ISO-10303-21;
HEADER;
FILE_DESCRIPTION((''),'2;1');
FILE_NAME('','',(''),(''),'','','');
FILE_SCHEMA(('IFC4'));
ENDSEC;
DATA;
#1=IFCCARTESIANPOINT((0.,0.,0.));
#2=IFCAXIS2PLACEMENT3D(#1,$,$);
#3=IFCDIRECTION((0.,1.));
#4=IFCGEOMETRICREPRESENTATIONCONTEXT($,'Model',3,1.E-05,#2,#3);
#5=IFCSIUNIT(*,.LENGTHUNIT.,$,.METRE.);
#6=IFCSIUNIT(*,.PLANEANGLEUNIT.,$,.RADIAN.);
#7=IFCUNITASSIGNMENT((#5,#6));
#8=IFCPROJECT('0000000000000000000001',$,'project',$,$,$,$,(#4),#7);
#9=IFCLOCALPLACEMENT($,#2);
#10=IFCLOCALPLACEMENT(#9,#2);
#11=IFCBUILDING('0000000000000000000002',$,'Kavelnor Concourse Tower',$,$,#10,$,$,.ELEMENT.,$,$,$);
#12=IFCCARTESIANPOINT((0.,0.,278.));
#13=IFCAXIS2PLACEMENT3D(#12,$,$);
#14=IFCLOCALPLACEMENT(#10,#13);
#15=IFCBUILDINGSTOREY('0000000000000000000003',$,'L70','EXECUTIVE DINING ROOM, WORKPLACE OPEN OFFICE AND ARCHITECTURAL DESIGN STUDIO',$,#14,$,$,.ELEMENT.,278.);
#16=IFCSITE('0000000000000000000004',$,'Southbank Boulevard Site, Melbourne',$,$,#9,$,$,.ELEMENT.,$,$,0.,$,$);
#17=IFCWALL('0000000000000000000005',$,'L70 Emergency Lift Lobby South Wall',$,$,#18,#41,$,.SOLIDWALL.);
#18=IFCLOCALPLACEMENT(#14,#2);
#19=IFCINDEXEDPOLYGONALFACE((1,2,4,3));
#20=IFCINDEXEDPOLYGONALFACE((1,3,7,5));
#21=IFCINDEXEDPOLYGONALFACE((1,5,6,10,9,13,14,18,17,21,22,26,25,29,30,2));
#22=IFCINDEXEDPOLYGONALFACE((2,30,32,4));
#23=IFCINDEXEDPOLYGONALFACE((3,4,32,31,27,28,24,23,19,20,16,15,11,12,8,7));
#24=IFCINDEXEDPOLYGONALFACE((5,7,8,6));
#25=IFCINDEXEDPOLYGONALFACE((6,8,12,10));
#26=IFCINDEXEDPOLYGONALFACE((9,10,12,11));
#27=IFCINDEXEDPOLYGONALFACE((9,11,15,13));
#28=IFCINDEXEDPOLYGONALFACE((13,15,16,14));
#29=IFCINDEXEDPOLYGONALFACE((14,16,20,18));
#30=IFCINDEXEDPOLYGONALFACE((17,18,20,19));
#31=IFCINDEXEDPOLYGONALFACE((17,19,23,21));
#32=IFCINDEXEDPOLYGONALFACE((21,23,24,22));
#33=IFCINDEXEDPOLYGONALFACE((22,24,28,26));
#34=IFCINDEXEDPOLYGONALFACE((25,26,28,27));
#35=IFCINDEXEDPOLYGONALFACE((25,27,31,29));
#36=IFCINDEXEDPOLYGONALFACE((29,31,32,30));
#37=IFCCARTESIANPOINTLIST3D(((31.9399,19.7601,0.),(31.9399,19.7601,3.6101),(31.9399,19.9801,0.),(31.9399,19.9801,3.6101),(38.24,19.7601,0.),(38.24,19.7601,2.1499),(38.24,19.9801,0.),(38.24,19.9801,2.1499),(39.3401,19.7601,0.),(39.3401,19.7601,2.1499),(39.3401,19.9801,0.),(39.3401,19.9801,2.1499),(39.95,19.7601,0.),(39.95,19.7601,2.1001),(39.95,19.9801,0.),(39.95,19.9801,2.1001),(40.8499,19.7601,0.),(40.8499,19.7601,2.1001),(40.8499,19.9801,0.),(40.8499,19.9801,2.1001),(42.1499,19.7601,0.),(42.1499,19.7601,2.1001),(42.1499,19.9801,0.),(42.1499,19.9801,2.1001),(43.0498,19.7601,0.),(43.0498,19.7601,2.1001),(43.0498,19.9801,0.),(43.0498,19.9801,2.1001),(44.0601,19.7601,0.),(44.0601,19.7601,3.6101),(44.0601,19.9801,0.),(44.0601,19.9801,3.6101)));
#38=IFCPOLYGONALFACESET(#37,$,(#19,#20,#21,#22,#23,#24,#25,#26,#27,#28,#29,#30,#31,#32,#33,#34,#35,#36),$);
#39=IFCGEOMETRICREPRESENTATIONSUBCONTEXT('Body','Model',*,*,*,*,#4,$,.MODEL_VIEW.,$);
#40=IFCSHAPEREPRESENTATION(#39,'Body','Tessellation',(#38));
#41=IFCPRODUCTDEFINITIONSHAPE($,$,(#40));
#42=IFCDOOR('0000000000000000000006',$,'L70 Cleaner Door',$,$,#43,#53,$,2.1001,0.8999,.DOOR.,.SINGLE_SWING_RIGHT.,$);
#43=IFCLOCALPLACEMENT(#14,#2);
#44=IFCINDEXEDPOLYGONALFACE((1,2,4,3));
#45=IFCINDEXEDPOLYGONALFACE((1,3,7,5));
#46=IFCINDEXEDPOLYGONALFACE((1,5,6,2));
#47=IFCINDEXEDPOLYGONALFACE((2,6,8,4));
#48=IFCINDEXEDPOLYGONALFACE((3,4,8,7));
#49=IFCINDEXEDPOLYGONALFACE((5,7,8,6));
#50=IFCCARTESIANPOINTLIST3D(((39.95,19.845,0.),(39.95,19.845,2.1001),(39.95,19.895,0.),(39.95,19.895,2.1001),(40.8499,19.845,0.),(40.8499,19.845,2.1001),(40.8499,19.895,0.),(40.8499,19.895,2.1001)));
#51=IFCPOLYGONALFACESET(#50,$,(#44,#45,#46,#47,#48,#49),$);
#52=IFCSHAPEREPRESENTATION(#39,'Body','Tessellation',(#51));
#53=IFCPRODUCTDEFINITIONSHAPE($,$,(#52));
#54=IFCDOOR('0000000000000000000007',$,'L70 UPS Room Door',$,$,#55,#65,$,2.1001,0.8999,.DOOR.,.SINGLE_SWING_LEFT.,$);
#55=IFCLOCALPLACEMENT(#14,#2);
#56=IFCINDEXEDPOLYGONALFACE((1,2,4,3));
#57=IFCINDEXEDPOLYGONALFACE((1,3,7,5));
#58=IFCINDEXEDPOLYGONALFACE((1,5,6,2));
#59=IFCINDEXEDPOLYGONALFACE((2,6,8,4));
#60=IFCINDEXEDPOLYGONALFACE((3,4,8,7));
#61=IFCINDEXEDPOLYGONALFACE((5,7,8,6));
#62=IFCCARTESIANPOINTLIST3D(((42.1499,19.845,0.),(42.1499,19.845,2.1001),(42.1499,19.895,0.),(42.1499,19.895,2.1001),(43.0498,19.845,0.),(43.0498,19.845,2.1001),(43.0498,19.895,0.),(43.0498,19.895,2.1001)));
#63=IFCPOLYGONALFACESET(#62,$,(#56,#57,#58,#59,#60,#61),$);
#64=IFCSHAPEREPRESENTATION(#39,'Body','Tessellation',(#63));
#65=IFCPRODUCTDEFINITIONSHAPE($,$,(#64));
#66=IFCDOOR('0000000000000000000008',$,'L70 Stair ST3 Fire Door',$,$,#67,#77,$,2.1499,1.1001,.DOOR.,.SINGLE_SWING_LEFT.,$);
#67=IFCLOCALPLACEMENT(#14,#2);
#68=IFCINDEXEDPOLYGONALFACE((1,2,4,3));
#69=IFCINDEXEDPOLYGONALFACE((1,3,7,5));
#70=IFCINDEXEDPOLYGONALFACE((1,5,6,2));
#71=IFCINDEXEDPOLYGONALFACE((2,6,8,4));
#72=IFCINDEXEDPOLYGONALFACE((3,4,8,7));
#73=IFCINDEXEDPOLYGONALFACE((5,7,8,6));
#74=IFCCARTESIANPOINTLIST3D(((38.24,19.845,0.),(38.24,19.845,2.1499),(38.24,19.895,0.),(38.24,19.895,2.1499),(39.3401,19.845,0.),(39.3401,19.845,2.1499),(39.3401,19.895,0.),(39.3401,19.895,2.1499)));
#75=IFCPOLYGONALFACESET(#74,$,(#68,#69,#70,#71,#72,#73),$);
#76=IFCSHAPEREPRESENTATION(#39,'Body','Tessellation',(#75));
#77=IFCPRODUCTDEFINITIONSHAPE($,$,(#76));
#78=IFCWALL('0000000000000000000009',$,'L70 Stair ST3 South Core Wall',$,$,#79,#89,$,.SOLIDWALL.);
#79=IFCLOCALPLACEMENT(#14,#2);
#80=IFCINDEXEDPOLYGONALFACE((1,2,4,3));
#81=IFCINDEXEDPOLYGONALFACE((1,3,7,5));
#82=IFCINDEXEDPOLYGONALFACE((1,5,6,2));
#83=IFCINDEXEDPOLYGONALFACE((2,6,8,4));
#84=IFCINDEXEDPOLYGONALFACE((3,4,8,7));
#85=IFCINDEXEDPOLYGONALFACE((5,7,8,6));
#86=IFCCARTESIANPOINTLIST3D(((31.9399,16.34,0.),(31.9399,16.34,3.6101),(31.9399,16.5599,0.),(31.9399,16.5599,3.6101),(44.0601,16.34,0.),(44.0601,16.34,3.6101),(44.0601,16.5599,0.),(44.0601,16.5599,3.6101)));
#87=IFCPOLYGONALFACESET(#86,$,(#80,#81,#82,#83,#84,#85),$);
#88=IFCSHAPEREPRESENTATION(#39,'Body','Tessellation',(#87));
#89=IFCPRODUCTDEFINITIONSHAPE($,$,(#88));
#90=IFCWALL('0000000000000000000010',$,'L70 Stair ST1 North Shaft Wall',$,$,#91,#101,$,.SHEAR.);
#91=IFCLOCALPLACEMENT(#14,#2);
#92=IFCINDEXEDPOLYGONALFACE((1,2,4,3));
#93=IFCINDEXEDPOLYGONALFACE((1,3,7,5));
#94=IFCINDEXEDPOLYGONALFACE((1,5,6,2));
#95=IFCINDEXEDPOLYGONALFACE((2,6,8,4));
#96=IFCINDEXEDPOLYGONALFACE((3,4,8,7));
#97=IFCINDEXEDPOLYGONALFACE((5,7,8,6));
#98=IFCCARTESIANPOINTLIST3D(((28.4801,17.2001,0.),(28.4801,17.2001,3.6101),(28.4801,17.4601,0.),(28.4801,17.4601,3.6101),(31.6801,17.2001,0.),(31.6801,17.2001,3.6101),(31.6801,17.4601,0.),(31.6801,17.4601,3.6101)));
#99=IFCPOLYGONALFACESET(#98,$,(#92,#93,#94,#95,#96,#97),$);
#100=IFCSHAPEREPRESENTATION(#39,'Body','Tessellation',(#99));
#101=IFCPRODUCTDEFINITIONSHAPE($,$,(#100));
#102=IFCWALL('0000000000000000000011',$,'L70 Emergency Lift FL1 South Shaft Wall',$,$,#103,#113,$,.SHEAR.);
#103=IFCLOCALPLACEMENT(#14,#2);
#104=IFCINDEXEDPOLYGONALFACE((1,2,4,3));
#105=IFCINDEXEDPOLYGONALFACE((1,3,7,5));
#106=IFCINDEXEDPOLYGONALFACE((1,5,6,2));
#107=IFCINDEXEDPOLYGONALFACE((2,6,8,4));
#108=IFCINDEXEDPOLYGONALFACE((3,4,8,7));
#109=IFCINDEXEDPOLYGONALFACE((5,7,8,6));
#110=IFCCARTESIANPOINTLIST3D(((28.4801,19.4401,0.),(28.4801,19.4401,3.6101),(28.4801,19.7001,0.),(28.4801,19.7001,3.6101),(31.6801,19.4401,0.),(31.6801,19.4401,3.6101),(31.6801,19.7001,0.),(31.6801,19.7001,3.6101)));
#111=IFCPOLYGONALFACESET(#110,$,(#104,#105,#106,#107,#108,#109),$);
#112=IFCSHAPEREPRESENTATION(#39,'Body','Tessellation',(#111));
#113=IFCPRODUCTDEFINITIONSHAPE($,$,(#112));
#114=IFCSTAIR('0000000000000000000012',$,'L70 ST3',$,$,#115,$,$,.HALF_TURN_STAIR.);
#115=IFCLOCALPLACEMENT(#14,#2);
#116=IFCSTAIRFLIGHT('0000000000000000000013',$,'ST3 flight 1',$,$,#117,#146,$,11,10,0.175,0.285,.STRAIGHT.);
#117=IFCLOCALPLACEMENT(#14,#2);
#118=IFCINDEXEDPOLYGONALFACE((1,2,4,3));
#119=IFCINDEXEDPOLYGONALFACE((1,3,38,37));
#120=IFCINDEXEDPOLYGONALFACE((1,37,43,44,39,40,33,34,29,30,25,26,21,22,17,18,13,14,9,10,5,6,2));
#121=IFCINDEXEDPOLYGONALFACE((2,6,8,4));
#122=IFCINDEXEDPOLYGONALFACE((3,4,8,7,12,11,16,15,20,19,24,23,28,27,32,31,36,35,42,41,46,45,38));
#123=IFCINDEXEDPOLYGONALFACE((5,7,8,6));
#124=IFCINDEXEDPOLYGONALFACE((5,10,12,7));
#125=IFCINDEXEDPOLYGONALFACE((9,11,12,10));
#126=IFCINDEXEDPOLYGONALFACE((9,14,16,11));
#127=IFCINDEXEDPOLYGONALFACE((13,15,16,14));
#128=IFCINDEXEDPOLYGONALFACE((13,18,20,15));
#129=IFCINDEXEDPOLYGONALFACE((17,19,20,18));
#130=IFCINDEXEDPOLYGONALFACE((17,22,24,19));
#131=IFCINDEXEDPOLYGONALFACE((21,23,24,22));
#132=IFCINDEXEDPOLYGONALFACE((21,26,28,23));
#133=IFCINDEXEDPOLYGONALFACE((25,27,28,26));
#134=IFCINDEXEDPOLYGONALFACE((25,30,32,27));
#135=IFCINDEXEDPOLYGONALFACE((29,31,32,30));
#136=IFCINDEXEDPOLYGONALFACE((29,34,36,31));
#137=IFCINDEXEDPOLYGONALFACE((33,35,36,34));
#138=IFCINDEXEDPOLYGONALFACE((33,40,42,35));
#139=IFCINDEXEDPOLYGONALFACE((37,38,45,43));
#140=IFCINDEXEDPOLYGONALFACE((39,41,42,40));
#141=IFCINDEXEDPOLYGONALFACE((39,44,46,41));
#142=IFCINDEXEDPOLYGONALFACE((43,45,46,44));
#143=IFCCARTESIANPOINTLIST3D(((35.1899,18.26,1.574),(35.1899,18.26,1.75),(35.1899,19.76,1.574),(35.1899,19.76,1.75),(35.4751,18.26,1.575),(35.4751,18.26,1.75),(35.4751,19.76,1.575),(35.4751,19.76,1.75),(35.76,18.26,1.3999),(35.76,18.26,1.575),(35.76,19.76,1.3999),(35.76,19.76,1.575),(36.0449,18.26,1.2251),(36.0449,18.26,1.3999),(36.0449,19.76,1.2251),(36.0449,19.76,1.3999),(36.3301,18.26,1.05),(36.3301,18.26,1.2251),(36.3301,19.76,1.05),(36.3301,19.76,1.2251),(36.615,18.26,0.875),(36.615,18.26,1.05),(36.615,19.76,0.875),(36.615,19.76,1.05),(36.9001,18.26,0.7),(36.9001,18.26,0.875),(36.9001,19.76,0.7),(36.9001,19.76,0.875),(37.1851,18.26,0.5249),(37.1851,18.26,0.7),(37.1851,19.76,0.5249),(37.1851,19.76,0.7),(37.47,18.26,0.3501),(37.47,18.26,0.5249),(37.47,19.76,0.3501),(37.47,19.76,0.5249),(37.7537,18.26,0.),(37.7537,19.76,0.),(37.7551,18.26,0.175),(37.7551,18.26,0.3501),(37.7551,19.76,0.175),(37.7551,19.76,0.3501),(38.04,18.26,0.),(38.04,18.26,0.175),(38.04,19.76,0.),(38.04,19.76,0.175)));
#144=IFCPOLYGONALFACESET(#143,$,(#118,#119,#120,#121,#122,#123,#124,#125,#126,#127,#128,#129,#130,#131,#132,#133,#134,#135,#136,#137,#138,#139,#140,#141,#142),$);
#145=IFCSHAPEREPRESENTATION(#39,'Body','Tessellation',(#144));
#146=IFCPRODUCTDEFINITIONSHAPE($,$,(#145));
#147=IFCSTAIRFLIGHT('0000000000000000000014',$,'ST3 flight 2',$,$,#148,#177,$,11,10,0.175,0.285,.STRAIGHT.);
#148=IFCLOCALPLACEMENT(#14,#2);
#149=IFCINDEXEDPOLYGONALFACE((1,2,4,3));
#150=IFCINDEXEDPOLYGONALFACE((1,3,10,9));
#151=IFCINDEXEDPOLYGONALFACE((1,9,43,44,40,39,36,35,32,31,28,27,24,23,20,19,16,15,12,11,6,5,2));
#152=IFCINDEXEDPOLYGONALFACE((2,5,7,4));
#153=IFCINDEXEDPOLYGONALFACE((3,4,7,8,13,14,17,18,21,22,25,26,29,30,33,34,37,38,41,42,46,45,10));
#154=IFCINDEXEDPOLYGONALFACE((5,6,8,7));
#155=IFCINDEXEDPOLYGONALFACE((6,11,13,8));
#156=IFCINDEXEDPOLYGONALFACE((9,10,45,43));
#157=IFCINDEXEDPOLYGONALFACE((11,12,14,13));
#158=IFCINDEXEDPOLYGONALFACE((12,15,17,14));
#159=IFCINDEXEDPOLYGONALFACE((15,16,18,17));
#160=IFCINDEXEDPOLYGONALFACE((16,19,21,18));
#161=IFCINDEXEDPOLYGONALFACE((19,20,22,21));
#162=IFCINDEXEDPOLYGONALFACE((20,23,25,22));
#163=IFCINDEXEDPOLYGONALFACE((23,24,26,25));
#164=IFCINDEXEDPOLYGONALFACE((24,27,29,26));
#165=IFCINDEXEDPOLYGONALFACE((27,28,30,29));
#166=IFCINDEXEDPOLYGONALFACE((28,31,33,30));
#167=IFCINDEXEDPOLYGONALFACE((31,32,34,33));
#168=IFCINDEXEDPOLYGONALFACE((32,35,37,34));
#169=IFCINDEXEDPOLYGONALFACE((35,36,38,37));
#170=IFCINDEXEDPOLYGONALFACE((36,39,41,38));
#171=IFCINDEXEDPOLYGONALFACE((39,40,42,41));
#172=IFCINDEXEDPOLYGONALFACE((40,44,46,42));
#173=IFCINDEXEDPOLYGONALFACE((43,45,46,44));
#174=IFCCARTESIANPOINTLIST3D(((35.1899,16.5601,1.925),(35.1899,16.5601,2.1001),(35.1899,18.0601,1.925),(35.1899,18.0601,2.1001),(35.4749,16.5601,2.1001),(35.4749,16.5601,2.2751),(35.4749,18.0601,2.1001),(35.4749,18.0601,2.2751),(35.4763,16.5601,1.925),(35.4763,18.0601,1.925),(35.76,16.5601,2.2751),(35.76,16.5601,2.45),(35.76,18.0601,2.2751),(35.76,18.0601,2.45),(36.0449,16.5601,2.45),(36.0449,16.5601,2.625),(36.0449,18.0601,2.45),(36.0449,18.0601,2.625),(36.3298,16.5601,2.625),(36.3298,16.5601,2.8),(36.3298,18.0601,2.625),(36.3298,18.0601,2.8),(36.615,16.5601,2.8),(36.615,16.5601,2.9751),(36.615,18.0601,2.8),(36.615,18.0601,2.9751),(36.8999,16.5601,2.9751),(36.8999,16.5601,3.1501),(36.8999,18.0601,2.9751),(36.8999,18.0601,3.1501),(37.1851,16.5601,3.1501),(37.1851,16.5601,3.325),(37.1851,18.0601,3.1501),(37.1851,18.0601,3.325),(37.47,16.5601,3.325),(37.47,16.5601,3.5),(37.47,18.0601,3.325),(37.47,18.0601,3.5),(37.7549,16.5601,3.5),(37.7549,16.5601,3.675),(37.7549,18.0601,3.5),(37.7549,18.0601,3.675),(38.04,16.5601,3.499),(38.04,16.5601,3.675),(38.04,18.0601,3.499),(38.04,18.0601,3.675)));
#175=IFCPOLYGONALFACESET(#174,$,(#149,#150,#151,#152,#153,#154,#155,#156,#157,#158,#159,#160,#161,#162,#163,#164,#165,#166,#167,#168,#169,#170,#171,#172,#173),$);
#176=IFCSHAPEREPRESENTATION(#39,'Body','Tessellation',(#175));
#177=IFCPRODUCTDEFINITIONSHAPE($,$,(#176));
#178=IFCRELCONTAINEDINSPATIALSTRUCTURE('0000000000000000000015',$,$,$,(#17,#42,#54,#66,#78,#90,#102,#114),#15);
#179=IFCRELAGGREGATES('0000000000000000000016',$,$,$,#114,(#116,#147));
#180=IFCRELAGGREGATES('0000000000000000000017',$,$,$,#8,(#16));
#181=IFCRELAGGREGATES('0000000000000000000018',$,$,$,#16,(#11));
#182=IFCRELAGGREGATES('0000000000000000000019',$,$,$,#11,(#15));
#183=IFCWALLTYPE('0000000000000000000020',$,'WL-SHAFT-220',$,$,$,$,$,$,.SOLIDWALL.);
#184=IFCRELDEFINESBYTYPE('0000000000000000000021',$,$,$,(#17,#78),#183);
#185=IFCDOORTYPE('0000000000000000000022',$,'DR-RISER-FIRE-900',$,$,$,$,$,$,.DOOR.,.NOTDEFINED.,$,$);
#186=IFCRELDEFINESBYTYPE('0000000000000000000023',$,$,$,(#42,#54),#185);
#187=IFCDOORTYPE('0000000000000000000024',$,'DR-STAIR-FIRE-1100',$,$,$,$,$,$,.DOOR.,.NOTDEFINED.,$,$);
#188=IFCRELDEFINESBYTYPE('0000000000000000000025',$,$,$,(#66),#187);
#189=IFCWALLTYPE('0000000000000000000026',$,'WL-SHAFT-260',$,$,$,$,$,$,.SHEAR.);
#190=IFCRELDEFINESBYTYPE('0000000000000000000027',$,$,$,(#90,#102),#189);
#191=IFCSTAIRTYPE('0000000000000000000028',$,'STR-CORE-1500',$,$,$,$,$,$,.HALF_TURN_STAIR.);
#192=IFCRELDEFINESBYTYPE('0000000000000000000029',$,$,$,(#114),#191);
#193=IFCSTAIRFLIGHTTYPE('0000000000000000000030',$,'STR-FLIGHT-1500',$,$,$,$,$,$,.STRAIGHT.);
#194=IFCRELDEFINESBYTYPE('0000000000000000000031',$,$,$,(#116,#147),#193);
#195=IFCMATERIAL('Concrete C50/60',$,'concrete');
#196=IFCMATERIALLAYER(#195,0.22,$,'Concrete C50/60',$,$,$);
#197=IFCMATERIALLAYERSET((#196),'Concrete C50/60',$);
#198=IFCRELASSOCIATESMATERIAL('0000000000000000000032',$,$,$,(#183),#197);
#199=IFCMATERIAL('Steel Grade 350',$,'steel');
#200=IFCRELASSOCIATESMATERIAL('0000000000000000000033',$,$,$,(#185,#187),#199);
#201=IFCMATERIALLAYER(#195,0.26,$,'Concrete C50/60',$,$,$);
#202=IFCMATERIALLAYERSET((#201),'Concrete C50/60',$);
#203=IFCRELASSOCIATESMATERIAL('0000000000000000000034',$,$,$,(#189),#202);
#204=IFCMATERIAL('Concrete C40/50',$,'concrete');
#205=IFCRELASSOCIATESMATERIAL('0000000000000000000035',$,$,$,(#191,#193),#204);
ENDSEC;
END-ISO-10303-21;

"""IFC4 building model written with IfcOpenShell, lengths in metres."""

from ifc_helpers import new_model, si_unit, direction, frame, frame_2d, origin, place, context, subcontext, project, spatial, polyline, rectangle, outline, extrude, material, layer, layer_set, type_object, element, fill, aggregate, save


model = new_model("IFC4")

# Units and contexts
model_context = context("Model", 3, precision=1e-05, world=origin(), true_north=direction((0.0, 1.0)))
body_context = subcontext(model_context, "Body", "Model", "MODEL_VIEW")
ifc_project = project(units=[si_unit("LENGTHUNIT", "METRE"), si_unit("PLANEANGLEUNIT", "RADIAN")], contexts=[model_context])

# Site, building, storey
site_placement = place(None, origin())
site = spatial("IfcSite", under=ifc_project, at=site_placement, Name="Southbank Boulevard Site, Melbourne", CompositionType="ELEMENT", RefElevation=0.0)
building_placement = place(site_placement, origin())
building = spatial("IfcBuilding", under=site, at=building_placement, Name="Kavelnor Concourse Tower", CompositionType="ELEMENT")
storey_placement = place(building_placement, frame((0.0, 0.0, 278.0)))
storey = spatial("IfcBuildingStorey", under=building, at=storey_placement, Name="L70", Description="EXECUTIVE DINING ROOM, WORKPLACE OPEN OFFICE AND ARCHITECTURAL DESIGN STUDIO", CompositionType="ELEMENT", Elevation=278.0)

# Shared definitions
ifc_material_1 = material(Name="Steel Grade 350", Category="steel")

# Shared definitions
ifc_material_2 = material(Name="Concrete C50/60", Category="concrete")

# Wall, openings, doors
ifc_layer_1 = layer(ifc_material_2, 0.22, Name="Concrete C50/60")
ifc_layer_set_1 = layer_set([ifc_layer_1], Name="Concrete C50/60")
wall_type_1 = type_object("IfcWallType", Name="WL-SHAFT-220", PredefinedType="SOLIDWALL", material=ifc_layer_set_1)
wall_1_placement = place(storey_placement, frame((31.9399, 19.8701, 0.0), z_axis=(0.0, 0.0, 1.0), x_axis=(1.0, 0.0, 0.0)))
wall_1 = element("IfcWall", 1, at=wall_1_placement, inside=storey, type_object=wall_type_1, Name="L70 Emergency Lift Lobby South Wall", PredefinedType="SOLIDWALL", context=body_context, shape_type="SweptSolid", body=[
    extrude(rectangle(XDim=12.1201, YDim=0.22, at=frame_2d((6.0601, 0.0))), origin(), (0.0, 0.0, 1.0), 3.6101),
])
opening_1_placement = place(wall_1_placement, frame((6.3, 0.0, 0.0)))
opening_1 = element("IfcOpeningElement", 2, at=opening_1_placement, cuts=wall_1, PredefinedType="OPENING", context=body_context, shape_type="SweptSolid", body=[
    extrude(rectangle(XDim=1.1001, YDim=2.1499, at=frame_2d((0.55, 1.075))), frame((0.0, 0.1201, 0.0), z_axis=(0.0, -1.0, 0.0), x_axis=(1.0, 0.0, 0.0)), (0.0, 0.0, 1.0), 0.24),
])
opening_2_placement = place(wall_1_placement, frame((8.01, 0.0, 0.0)))
opening_2 = element("IfcOpeningElement", 3, at=opening_2_placement, cuts=wall_1, PredefinedType="OPENING", context=body_context, shape_type="SweptSolid", body=[
    extrude(rectangle(XDim=0.8999, YDim=2.1001, at=frame_2d((0.45, 1.05))), frame((0.0, 0.1201, 0.0), z_axis=(0.0, -1.0, 0.0), x_axis=(1.0, 0.0, 0.0)), (0.0, 0.0, 1.0), 0.24),
])
opening_3_placement = place(wall_1_placement, frame((10.21, 0.0, 0.0)))
opening_3 = element("IfcOpeningElement", 4, at=opening_3_placement, cuts=wall_1, PredefinedType="OPENING", context=body_context, shape_type="SweptSolid", body=[
    extrude(rectangle(XDim=0.8999, YDim=2.1001, at=frame_2d((0.45, 1.05))), frame((0.0, 0.1201, 0.0), z_axis=(0.0, -1.0, 0.0), x_axis=(1.0, 0.0, 0.0)), (0.0, 0.0, 1.0), 0.24),
])
door_type_1 = type_object("IfcDoorType", Name="DR-RISER-FIRE-900", OperationType="NOTDEFINED", PredefinedType="DOOR", material=ifc_material_1)
door_1_placement = place(opening_2_placement, origin())
door_1 = element("IfcDoor", 5, at=door_1_placement, inside=storey, type_object=door_type_1, Name="L70 Cleaner Door", OperationType="SINGLE_SWING_RIGHT", OverallHeight=2.1001, OverallWidth=0.8999, PredefinedType="DOOR", context=body_context, shape_type="SweptSolid", body=[
    extrude(rectangle(XDim=0.8999, YDim=2.1001, at=frame_2d((0.45, 1.05))), frame((0.0, 0.0249, 0.0), z_axis=(0.0, -1.0, 0.0), x_axis=(1.0, 0.0, 0.0)), (0.0, 0.0, 1.0), 0.05),
])
fill(opening_2, door_1)
door_2_placement = place(opening_3_placement, origin())
door_2 = element("IfcDoor", 6, at=door_2_placement, inside=storey, type_object=door_type_1, Name="L70 UPS Room Door", OperationType="SINGLE_SWING_LEFT", OverallHeight=2.1001, OverallWidth=0.8999, PredefinedType="DOOR", context=body_context, shape_type="SweptSolid", body=[
    extrude(rectangle(XDim=0.8999, YDim=2.1001, at=frame_2d((0.45, 1.05))), frame((0.0, 0.0249, 0.0), z_axis=(0.0, -1.0, 0.0), x_axis=(1.0, 0.0, 0.0)), (0.0, 0.0, 1.0), 0.05),
])
fill(opening_3, door_2)
door_type_2 = type_object("IfcDoorType", Name="DR-STAIR-FIRE-1100", OperationType="NOTDEFINED", PredefinedType="DOOR", material=ifc_material_1)
door_3_placement = place(opening_1_placement, origin())
door_3 = element("IfcDoor", 7, at=door_3_placement, inside=storey, type_object=door_type_2, Name="L70 Stair ST3 Fire Door", OperationType="SINGLE_SWING_LEFT", OverallHeight=2.1499, OverallWidth=1.1001, PredefinedType="DOOR", context=body_context, shape_type="SweptSolid", body=[
    extrude(rectangle(XDim=1.1001, YDim=2.1499, at=frame_2d((0.55, 1.075))), frame((0.0, 0.0249, 0.0), z_axis=(0.0, -1.0, 0.0), x_axis=(1.0, 0.0, 0.0)), (0.0, 0.0, 1.0), 0.05),
])
fill(opening_1, door_3)

# Walls
wall_2_placement = place(storey_placement, frame((31.9399, 16.45, 0.0), z_axis=(0.0, 0.0, 1.0), x_axis=(1.0, 0.0, 0.0)))
element("IfcWall", 8, at=wall_2_placement, inside=storey, type_object=wall_type_1, Name="L70 Stair ST3 South Core Wall", PredefinedType="SOLIDWALL", context=body_context, shape_type="SweptSolid", body=[
    extrude(rectangle(XDim=12.1201, YDim=0.22, at=frame_2d((6.0601, 0.0))), origin(), (0.0, 0.0, 1.0), 3.6101),
])
ifc_layer_2 = layer(ifc_material_2, 0.26, Name="Concrete C50/60")
ifc_layer_set_2 = layer_set([ifc_layer_2], Name="Concrete C50/60")
wall_type_2 = type_object("IfcWallType", Name="WL-SHAFT-260", PredefinedType="SHEAR", material=ifc_layer_set_2)
for number, where, z_axis, x_axis, name in (
    (9, (28.48, 17.3301, 0.0), (0.0, 0.0, 1.0), (1.0, 0.0, 0.0), "L70 Stair ST1 North Shaft Wall"),
    (10, (28.48, 19.5701, 0.0), (0.0, 0.0, 1.0), (1.0, 0.0, 0.0), "L70 Emergency Lift FL1 South Shaft Wall"),
):
    element("IfcWall", number, at=place(storey_placement, frame(where, z_axis=z_axis, x_axis=x_axis)), inside=storey, type_object=wall_type_2, Name=name, PredefinedType="SHEAR", context=body_context, shape_type="SweptSolid", body=[
        extrude(rectangle(XDim=3.2, YDim=0.26, at=frame_2d((1.6001, 0.0))), origin(), (0.0, 0.0, 1.0), 3.6101),
    ])

# Stair, stair flights
ifc_material_3 = material(Name="Concrete C40/50", Category="concrete")
stair_type = type_object("IfcStairType", Name="STR-CORE-1500", PredefinedType="HALF_TURN_STAIR", material=ifc_material_3)
stair_placement = place(storey_placement, origin())
stair = element("IfcStair", 11, at=stair_placement, inside=storey, type_object=stair_type, Name="L70 ST3", PredefinedType="HALF_TURN_STAIR")
stair_flight_type = type_object("IfcStairFlightType", Name="STR-FLIGHT-1500", PredefinedType="STRAIGHT", material=ifc_material_3)
stair_flight_1_placement = place(storey_placement, frame((38.04, 19.01, 0.0), z_axis=(0.0, 0.0, 1.0), x_axis=(-1.0, 0.0, 0.0)))
stair_flight_1 = element("IfcStairFlight", 12, at=stair_flight_1_placement, type_object=stair_flight_type, Name="ST3 flight 1", NumberOfRisers=11, NumberOfTreads=10, PredefinedType="STRAIGHT", RiserHeight=0.175, TreadLength=0.285, context=body_context, shape_type="SweptSolid", body=[
    extrude(outline(polyline([(0.0, 0.0), (0.0, 0.175), (0.2849, 0.175), (0.2849, 0.3501), (0.5701, 0.3501), (0.5701, 0.5249), (0.855, 0.5249), (0.855, 0.7), (1.1399, 0.7), (1.1399, 0.875), (1.425, 0.875), (1.425, 1.05), (1.71, 1.05), (1.71, 1.2251), (1.9951, 1.2251), (1.9951, 1.3999), (2.28, 1.3999), (2.28, 1.575), (2.5649, 1.575), (2.5649, 1.75), (2.8501, 1.75), (2.8501, 1.925), (2.8501, 1.574), (0.2864, 0.0), (0.0, 0.0)])), frame((0.0, 0.75, 0.0), z_axis=(0.0, -1.0, 0.0), x_axis=(1.0, 0.0, 0.0)), (0.0, 0.0, 1.0), 1.5),
])
stair_flight_2_placement = place(storey_placement, frame((35.1899, 17.3101, 1.925), z_axis=(0.0, 0.0, 1.0), x_axis=(1.0, 0.0, 0.0)))
stair_flight_2 = element("IfcStairFlight", 13, at=stair_flight_2_placement, type_object=stair_flight_type, Name="ST3 flight 2", NumberOfRisers=11, NumberOfTreads=10, PredefinedType="STRAIGHT", RiserHeight=0.175, TreadLength=0.285, context=body_context, shape_type="SweptSolid", body=[
    extrude(outline(polyline([(0.0, 0.0), (0.0, 0.175), (0.2849, 0.175), (0.2849, 0.3501), (0.5701, 0.3501), (0.5701, 0.5249), (0.855, 0.5249), (0.855, 0.7), (1.1399, 0.7), (1.1399, 0.875), (1.425, 0.875), (1.425, 1.05), (1.71, 1.05), (1.71, 1.2251), (1.9951, 1.2251), (1.9951, 1.3999), (2.28, 1.3999), (2.28, 1.575), (2.5649, 1.575), (2.5649, 1.75), (2.8501, 1.75), (2.8501, 1.925), (2.8501, 1.574), (0.2864, 0.0), (0.0, 0.0)])), frame((0.0, 0.75, 0.0), z_axis=(0.0, -1.0, 0.0), x_axis=(1.0, 0.0, 0.0)), (0.0, 0.0, 1.0), 1.5),
])
aggregate(stair, [stair_flight_1, stair_flight_2])

save(model, "model.ifc")
